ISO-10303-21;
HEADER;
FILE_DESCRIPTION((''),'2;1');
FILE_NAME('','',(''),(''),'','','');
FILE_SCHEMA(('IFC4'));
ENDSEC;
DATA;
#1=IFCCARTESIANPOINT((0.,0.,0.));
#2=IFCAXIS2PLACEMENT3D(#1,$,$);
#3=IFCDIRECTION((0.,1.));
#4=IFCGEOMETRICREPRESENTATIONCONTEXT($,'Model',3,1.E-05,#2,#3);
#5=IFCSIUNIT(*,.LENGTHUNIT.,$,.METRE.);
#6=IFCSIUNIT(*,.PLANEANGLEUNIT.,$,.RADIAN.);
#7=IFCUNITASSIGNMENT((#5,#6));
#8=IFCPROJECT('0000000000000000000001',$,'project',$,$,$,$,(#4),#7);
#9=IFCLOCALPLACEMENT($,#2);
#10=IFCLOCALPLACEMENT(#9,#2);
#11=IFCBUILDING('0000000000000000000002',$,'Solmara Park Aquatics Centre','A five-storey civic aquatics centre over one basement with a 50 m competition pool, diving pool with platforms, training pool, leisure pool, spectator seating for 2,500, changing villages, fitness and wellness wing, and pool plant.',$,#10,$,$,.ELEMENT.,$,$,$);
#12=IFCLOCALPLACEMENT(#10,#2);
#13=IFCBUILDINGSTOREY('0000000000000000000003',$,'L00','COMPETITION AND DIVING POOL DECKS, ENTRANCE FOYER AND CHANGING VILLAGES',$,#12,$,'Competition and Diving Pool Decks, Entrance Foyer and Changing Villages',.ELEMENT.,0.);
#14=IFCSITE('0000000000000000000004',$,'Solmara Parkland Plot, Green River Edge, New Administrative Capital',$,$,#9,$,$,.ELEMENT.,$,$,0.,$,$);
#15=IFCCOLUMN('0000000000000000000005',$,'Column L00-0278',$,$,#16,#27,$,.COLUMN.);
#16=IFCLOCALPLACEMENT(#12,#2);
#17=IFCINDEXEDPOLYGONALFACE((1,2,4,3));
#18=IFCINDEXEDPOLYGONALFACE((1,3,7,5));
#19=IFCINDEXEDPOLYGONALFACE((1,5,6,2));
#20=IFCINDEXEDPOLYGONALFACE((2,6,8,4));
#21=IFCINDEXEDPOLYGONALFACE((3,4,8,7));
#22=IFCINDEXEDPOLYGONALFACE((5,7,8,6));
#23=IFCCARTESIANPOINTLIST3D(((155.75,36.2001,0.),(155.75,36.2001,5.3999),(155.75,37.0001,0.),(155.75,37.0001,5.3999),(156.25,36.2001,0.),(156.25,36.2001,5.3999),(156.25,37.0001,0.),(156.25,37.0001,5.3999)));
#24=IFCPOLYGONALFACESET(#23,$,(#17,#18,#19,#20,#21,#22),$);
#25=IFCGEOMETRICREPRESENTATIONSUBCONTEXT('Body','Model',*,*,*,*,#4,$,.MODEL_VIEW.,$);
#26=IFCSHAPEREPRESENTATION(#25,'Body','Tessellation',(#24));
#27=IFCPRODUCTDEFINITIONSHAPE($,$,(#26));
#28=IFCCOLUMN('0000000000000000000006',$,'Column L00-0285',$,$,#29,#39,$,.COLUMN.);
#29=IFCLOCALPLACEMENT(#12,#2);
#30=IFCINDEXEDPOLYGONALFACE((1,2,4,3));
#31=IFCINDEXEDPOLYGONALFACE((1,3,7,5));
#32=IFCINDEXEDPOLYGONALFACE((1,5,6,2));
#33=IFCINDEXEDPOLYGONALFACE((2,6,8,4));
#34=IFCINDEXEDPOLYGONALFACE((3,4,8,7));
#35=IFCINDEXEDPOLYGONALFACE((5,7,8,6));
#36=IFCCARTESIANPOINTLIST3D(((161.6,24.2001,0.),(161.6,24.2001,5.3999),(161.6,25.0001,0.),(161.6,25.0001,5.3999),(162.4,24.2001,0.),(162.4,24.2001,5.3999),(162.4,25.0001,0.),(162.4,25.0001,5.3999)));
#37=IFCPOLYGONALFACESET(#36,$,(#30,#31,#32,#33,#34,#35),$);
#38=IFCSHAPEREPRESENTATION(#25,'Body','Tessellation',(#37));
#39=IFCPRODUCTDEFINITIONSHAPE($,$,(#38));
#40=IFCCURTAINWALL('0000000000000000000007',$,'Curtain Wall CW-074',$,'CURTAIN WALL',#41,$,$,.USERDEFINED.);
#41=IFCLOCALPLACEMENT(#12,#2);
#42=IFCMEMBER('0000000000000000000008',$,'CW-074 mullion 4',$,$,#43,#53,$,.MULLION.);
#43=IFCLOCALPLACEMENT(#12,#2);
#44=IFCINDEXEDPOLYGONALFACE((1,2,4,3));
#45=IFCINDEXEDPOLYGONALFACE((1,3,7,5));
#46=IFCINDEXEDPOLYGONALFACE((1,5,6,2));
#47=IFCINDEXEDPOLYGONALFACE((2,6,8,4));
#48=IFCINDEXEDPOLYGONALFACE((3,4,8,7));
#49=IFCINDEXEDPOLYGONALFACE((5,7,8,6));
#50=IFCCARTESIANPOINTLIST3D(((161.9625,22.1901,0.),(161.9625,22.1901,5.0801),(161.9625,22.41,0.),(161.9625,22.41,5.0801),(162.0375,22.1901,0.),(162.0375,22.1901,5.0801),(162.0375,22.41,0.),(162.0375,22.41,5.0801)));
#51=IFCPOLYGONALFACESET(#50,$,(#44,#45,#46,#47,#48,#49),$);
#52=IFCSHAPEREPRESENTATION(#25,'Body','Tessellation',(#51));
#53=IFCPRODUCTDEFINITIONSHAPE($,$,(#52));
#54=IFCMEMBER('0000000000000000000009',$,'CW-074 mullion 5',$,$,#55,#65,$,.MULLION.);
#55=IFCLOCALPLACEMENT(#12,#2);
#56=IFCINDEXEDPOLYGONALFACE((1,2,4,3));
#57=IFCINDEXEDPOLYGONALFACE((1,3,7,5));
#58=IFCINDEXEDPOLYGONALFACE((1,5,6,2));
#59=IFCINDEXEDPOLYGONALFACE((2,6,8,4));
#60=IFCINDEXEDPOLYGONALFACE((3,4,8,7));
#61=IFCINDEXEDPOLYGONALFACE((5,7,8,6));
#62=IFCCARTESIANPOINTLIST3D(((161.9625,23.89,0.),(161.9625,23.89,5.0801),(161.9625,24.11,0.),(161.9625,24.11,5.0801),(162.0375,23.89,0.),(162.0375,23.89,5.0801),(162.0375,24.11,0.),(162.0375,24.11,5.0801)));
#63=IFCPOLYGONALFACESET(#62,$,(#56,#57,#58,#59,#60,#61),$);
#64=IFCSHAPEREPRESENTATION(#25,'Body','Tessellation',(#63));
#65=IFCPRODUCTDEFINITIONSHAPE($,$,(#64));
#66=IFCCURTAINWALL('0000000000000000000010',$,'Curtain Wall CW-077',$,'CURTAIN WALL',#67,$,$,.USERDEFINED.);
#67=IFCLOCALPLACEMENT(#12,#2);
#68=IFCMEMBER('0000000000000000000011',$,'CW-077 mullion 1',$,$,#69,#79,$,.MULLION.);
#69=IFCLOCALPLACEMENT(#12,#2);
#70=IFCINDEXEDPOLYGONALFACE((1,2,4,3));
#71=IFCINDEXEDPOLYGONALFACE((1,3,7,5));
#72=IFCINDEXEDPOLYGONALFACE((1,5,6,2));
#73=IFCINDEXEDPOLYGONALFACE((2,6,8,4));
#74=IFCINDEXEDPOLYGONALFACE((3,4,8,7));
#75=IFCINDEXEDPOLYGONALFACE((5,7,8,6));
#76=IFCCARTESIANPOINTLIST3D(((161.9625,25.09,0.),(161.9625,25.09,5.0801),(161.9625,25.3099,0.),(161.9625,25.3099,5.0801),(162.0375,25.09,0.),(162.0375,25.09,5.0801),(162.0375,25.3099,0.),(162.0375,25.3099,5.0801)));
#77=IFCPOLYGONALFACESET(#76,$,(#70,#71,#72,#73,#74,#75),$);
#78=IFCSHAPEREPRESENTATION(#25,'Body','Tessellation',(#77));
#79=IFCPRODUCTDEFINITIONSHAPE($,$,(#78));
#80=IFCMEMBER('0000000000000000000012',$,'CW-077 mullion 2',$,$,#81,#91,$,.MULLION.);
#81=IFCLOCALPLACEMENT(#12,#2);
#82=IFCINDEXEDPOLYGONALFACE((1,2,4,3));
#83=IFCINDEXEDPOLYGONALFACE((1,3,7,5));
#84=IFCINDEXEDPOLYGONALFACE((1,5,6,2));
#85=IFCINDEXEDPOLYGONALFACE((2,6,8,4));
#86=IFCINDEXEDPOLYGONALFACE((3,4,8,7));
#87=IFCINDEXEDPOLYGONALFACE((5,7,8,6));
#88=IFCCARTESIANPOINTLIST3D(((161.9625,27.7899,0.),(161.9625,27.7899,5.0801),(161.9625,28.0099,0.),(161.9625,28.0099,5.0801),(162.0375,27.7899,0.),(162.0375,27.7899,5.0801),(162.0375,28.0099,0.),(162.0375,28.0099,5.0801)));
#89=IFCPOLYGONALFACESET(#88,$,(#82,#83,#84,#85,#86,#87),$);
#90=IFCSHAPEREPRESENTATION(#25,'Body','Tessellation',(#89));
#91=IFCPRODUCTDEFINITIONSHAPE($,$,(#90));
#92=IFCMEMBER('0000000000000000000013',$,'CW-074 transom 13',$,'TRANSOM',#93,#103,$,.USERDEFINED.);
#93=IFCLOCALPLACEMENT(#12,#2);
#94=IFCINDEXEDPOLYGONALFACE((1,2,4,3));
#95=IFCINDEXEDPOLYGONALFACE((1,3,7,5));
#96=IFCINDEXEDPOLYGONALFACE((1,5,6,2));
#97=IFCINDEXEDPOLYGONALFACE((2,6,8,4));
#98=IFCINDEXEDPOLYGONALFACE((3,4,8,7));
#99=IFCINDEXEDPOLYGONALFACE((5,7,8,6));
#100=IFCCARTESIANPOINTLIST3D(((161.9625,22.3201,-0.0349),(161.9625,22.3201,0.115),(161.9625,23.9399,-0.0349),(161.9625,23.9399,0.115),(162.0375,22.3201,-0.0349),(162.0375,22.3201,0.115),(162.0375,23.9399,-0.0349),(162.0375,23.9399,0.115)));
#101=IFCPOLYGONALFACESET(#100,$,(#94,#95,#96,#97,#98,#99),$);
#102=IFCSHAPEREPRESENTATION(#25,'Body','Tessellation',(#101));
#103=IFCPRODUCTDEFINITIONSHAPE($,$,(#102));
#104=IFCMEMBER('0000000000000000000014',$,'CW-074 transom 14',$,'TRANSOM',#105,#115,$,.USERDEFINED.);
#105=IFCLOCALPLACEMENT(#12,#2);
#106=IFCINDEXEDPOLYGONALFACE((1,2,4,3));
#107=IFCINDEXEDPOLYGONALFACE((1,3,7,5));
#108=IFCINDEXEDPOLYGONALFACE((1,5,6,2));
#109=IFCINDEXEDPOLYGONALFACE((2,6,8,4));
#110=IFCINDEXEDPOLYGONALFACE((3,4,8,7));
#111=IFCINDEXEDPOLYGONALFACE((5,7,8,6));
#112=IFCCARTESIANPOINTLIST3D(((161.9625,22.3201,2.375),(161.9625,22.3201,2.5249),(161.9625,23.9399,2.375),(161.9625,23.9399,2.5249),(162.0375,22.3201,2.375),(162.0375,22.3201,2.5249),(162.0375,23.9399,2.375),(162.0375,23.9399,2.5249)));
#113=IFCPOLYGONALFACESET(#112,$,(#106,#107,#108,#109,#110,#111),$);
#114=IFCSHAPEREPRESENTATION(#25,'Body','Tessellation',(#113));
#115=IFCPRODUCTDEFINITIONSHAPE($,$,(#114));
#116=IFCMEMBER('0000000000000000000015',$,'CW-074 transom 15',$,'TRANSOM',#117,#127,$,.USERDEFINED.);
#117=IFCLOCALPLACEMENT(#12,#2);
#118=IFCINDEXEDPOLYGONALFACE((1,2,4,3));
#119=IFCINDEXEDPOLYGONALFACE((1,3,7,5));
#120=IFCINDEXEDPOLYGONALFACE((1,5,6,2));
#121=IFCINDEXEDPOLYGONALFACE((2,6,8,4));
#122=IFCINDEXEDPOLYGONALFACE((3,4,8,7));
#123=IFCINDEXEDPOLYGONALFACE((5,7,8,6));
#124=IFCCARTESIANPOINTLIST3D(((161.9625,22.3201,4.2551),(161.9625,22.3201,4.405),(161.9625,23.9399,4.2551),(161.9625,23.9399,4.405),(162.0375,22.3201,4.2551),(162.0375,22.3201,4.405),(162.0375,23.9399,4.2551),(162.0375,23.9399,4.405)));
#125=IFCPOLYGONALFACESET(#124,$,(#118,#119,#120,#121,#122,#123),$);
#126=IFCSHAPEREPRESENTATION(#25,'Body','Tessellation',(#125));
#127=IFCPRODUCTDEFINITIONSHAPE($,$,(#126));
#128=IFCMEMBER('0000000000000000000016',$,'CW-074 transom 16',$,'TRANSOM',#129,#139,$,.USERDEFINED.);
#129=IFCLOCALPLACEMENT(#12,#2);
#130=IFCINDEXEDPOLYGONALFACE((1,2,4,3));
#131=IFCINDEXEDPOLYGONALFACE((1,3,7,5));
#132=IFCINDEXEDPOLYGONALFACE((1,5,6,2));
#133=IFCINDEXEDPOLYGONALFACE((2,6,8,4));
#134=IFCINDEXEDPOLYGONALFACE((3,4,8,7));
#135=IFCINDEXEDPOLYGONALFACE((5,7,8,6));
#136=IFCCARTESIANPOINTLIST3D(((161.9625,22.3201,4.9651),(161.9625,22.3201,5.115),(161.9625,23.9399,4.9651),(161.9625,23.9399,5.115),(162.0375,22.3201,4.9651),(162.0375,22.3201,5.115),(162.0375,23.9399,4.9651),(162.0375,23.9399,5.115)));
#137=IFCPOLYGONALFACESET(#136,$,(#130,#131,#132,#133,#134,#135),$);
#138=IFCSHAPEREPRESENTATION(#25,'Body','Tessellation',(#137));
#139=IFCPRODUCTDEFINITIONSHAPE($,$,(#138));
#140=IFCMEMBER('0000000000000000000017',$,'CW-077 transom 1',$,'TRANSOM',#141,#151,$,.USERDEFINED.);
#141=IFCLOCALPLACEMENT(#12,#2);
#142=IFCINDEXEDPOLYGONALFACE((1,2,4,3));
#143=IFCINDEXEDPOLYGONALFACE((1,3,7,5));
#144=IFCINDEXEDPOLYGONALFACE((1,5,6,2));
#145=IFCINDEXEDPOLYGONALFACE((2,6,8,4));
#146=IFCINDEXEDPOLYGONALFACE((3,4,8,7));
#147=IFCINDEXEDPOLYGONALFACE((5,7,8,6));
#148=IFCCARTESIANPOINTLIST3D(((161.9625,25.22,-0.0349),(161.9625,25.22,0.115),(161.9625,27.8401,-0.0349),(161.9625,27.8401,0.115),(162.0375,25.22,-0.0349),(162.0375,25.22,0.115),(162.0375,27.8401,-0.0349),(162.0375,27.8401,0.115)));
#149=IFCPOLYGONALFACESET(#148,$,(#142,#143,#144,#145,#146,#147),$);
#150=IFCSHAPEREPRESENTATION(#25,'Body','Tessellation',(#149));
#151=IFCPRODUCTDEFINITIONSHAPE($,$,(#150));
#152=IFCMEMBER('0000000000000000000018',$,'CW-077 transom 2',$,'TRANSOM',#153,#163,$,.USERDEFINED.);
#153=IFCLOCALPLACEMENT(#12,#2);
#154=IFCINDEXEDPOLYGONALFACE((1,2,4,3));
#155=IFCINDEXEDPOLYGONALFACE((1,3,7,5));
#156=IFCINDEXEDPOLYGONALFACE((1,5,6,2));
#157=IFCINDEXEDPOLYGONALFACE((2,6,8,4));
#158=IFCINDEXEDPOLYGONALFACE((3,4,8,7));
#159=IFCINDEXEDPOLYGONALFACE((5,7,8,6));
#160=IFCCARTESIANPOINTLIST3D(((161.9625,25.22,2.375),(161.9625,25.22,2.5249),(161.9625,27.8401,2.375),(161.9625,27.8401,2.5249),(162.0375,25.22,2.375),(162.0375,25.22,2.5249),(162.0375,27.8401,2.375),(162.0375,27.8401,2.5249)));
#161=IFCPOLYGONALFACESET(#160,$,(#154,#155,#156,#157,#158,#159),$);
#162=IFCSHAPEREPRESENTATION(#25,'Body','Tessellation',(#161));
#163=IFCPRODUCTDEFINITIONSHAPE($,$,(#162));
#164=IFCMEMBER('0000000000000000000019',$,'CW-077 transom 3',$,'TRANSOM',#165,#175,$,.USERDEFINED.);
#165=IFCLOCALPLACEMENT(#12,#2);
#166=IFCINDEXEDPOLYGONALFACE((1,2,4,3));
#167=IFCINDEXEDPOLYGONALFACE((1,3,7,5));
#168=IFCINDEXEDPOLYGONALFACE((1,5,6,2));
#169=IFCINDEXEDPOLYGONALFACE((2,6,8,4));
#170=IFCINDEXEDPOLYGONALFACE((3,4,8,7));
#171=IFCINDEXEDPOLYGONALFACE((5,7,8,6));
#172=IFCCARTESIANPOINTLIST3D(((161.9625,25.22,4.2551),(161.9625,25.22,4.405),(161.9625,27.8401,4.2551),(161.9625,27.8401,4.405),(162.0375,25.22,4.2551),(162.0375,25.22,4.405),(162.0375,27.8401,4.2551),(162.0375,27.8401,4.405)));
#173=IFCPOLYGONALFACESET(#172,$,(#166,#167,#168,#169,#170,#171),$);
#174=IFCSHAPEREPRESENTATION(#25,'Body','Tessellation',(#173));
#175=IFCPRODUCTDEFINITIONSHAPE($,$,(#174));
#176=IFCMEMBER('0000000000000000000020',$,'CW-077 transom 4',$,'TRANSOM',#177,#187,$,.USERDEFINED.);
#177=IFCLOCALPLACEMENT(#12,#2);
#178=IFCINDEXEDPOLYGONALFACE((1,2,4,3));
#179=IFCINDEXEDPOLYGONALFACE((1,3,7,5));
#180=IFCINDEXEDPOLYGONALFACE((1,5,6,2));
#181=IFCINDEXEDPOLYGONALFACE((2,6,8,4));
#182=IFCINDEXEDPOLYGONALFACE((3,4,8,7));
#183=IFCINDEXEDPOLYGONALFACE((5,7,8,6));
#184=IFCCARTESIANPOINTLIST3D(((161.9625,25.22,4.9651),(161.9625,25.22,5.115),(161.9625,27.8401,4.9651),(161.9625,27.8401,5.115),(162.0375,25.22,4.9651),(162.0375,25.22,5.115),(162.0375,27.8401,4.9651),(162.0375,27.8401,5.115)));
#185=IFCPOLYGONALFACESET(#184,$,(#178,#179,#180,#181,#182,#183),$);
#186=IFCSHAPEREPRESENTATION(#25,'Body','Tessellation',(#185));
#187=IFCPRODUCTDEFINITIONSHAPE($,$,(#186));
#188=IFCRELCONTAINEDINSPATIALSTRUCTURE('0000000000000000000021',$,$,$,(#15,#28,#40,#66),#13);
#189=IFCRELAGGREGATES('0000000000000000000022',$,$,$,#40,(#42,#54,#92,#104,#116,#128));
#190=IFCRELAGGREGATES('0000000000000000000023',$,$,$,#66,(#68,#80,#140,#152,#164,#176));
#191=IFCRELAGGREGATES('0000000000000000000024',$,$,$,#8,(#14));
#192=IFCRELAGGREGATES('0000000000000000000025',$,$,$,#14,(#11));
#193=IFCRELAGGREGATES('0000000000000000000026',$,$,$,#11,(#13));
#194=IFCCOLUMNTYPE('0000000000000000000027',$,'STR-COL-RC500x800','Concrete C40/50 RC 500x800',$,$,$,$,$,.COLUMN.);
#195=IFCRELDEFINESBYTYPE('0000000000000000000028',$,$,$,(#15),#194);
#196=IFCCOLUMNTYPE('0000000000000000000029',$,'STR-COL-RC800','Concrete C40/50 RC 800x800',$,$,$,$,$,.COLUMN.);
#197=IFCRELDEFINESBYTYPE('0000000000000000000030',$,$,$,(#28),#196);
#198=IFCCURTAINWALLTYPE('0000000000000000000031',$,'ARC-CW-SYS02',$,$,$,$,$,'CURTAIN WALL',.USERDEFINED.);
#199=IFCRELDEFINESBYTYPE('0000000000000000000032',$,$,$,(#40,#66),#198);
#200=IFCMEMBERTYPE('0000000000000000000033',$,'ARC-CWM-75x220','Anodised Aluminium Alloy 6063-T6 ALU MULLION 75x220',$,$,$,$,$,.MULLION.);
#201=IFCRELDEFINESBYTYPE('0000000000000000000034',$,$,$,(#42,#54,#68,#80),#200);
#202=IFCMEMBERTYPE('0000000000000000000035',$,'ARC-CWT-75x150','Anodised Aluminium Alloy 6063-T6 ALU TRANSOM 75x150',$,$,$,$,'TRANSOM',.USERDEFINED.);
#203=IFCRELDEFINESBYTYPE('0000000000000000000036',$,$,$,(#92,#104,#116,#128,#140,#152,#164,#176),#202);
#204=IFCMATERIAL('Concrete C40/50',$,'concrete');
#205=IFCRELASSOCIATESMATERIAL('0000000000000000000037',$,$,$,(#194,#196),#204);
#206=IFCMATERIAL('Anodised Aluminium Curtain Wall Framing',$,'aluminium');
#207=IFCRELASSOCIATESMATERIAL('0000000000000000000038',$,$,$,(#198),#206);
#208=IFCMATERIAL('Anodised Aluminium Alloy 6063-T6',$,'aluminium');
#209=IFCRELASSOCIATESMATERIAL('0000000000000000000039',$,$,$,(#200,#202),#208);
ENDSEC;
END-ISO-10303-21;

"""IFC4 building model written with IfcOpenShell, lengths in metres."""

from ifc_helpers import new_model, si_unit, direction, frame, origin, origin_2d, place, context, subcontext, project, spatial, rectangle, extrude, material, material_profile, profile_set, type_object, element, aggregate, save


model = new_model("IFC4")

# Units and contexts
model_context = context("Model", 3, precision=1e-05, world=origin(), true_north=direction((0.0, 1.0)))
body_context = subcontext(model_context, "Body", "Model", "MODEL_VIEW")
ifc_project = project(units=[si_unit("LENGTHUNIT", "METRE"), si_unit("PLANEANGLEUNIT", "RADIAN")], contexts=[model_context])

# Site, building, storey
site_placement = place(None, origin())
site = spatial("IfcSite", under=ifc_project, at=site_placement, Name="Solmara Parkland Plot, Green River Edge, New Administrative Capital", CompositionType="ELEMENT", RefElevation=0.0)
building_placement = place(site_placement, origin())
building = spatial("IfcBuilding", under=site, at=building_placement, Name="Solmara Park Aquatics Centre", Description="A five-storey civic aquatics centre over one basement with a 50 m competition pool, diving pool with platforms, training pool, leisure pool, spectator seating for 2,500, changing villages, fitness and wellness wing, and pool plant.", CompositionType="ELEMENT")
storey_placement = place(building_placement, origin())
storey = spatial("IfcBuildingStorey", under=building, at=storey_placement, Name="L00", Description="COMPETITION AND DIVING POOL DECKS, ENTRANCE FOYER AND CHANGING VILLAGES", LongName="Competition and Diving Pool Decks, Entrance Foyer and Changing Villages", CompositionType="ELEMENT", Elevation=0.0)

# Columns
ifc_material_1 = material(Name="Concrete C40/50", Category="concrete")
ifc_material_profile_1 = material_profile(ifc_material_1, rectangle(XDim=0.5, YDim=0.8, at=origin_2d()), Name="RC 500x800")
ifc_profile_set_1 = profile_set([ifc_material_profile_1], Name="Concrete C40/50")
column_type_1 = type_object("IfcColumnType", Name="STR-COL-RC500x800", Description="Concrete C40/50 RC 500x800", PredefinedType="COLUMN", material=ifc_profile_set_1)
column_1_placement = place(storey_placement, frame((156.0, 36.6001, 0.0), z_axis=(0.0, 0.0, 1.0), x_axis=(1.0, 0.0, 0.0)))
element("IfcColumn", 1, at=column_1_placement, inside=storey, type_object=column_type_1, Name="Column L00-0278", PredefinedType="COLUMN", context=body_context, shape_type="SweptSolid", body=[
    extrude(rectangle(XDim=0.5, YDim=0.8, at=origin_2d()), origin(), (0.0, 0.0, 1.0), 5.3999),
])
ifc_material_profile_2 = material_profile(ifc_material_1, rectangle(XDim=0.8, YDim=0.8, at=origin_2d()), Name="RC 800x800")
ifc_profile_set_2 = profile_set([ifc_material_profile_2], Name="Concrete C40/50")
column_type_2 = type_object("IfcColumnType", Name="STR-COL-RC800", Description="Concrete C40/50 RC 800x800", PredefinedType="COLUMN", material=ifc_profile_set_2)
column_2_placement = place(storey_placement, frame((162.0, 24.6001, 0.0), z_axis=(0.0, 0.0, 1.0), x_axis=(1.0, 0.0, 0.0)))
element("IfcColumn", 2, at=column_2_placement, inside=storey, type_object=column_type_2, Name="Column L00-0285", PredefinedType="COLUMN", context=body_context, shape_type="SweptSolid", body=[
    extrude(rectangle(XDim=0.8, YDim=0.8, at=origin_2d()), origin(), (0.0, 0.0, 1.0), 5.3999),
])

# Curtain walls, members
ifc_material_2 = material(Name="Anodised Aluminium Curtain Wall Framing", Category="aluminium")
curtain_wall_type = type_object("IfcCurtainWallType", Name="ARC-CW-SYS02", ElementType="CURTAIN WALL", PredefinedType="USERDEFINED", material=ifc_material_2)
curtain_wall_1_placement = place(storey_placement, origin())
curtain_wall_1 = element("IfcCurtainWall", 3, at=curtain_wall_1_placement, inside=storey, type_object=curtain_wall_type, Name="Curtain Wall CW-074", ObjectType="CURTAIN WALL", PredefinedType="USERDEFINED")
ifc_material_3 = material(Name="Anodised Aluminium Alloy 6063-T6", Category="aluminium")
ifc_material_profile_3 = material_profile(ifc_material_3, rectangle(XDim=0.075, YDim=0.22, at=origin_2d()), Name="ALU MULLION 75x220")
ifc_profile_set_3 = profile_set([ifc_material_profile_3], Name="Anodised Aluminium Alloy 6063-T6")
member_type_1 = type_object("IfcMemberType", Name="ARC-CWM-75x220", Description="Anodised Aluminium Alloy 6063-T6 ALU MULLION 75x220", PredefinedType="MULLION", material=ifc_profile_set_3)
member_1_placement = place(storey_placement, frame((162.0, 22.3, 0.0), z_axis=(0.0, 0.0, 1.0), x_axis=(1.0, 0.0, 0.0)))
member_1 = element("IfcMember", 4, at=member_1_placement, type_object=member_type_1, Name="CW-074 mullion 4", PredefinedType="MULLION", context=body_context, shape_type="SweptSolid", body=[
    extrude(rectangle(XDim=0.075, YDim=0.22, at=origin_2d()), origin(), (0.0, 0.0, 1.0), 5.0801),
])
member_2_placement = place(storey_placement, frame((162.0, 24.0, 0.0), z_axis=(0.0, 0.0, 1.0), x_axis=(1.0, 0.0, 0.0)))
member_2 = element("IfcMember", 5, at=member_2_placement, type_object=member_type_1, Name="CW-074 mullion 5", PredefinedType="MULLION", context=body_context, shape_type="SweptSolid", body=[
    extrude(rectangle(XDim=0.075, YDim=0.22, at=origin_2d()), origin(), (0.0, 0.0, 1.0), 5.0801),
])
curtain_wall_2_placement = place(storey_placement, origin())
curtain_wall_2 = element("IfcCurtainWall", 6, at=curtain_wall_2_placement, inside=storey, type_object=curtain_wall_type, Name="Curtain Wall CW-077", ObjectType="CURTAIN WALL", PredefinedType="USERDEFINED")
member_3_placement = place(storey_placement, frame((162.0, 25.2, 0.0), z_axis=(0.0, 0.0, 1.0), x_axis=(1.0, 0.0, 0.0)))
member_3 = element("IfcMember", 7, at=member_3_placement, type_object=member_type_1, Name="CW-077 mullion 1", PredefinedType="MULLION", context=body_context, shape_type="SweptSolid", body=[
    extrude(rectangle(XDim=0.075, YDim=0.22, at=origin_2d()), origin(), (0.0, 0.0, 1.0), 5.0801),
])
member_4_placement = place(storey_placement, frame((162.0, 27.8999, 0.0), z_axis=(0.0, 0.0, 1.0), x_axis=(1.0, 0.0, 0.0)))
member_4 = element("IfcMember", 8, at=member_4_placement, type_object=member_type_1, Name="CW-077 mullion 2", PredefinedType="MULLION", context=body_context, shape_type="SweptSolid", body=[
    extrude(rectangle(XDim=0.075, YDim=0.22, at=origin_2d()), origin(), (0.0, 0.0, 1.0), 5.0801),
])

# Members
ifc_material_profile_4 = material_profile(ifc_material_3, rectangle(XDim=0.075, YDim=0.1499, at=origin_2d()), Name="ALU TRANSOM 75x150")
ifc_profile_set_4 = profile_set([ifc_material_profile_4], Name="Anodised Aluminium Alloy 6063-T6")
member_type_2 = type_object("IfcMemberType", Name="ARC-CWT-75x150", Description="Anodised Aluminium Alloy 6063-T6 ALU TRANSOM 75x150", ElementType="TRANSOM", PredefinedType="USERDEFINED", material=ifc_profile_set_4)
member_5_placement = place(storey_placement, frame((162.0, 22.3201, 0.04), z_axis=(0.0, 1.0, 0.0), x_axis=(-1.0, 0.0, 0.0)))
member_5 = element("IfcMember", 9, at=member_5_placement, type_object=member_type_2, Name="CW-074 transom 13", ObjectType="TRANSOM", PredefinedType="USERDEFINED", context=body_context, shape_type="SweptSolid", body=[
    extrude(rectangle(XDim=0.075, YDim=0.1499, at=origin_2d()), origin(), (0.0, 0.0, 1.0), 1.6199),
])
member_6_placement = place(storey_placement, frame((162.0, 22.3201, 2.45), z_axis=(0.0, 1.0, 0.0), x_axis=(-1.0, 0.0, 0.0)))
member_6 = element("IfcMember", 10, at=member_6_placement, type_object=member_type_2, Name="CW-074 transom 14", ObjectType="TRANSOM", PredefinedType="USERDEFINED", context=body_context, shape_type="SweptSolid", body=[
    extrude(rectangle(XDim=0.075, YDim=0.1499, at=origin_2d()), origin(), (0.0, 0.0, 1.0), 1.6199),
])
member_7_placement = place(storey_placement, frame((162.0, 22.3201, 4.3301), z_axis=(0.0, 1.0, 0.0), x_axis=(-1.0, 0.0, 0.0)))
member_7 = element("IfcMember", 11, at=member_7_placement, type_object=member_type_2, Name="CW-074 transom 15", ObjectType="TRANSOM", PredefinedType="USERDEFINED", context=body_context, shape_type="SweptSolid", body=[
    extrude(rectangle(XDim=0.075, YDim=0.1499, at=origin_2d()), origin(), (0.0, 0.0, 1.0), 1.6199),
])
member_8_placement = place(storey_placement, frame((162.0, 22.3201, 5.04), z_axis=(0.0, 1.0, 0.0), x_axis=(-1.0, 0.0, 0.0)))
member_8 = element("IfcMember", 12, at=member_8_placement, type_object=member_type_2, Name="CW-074 transom 16", ObjectType="TRANSOM", PredefinedType="USERDEFINED", context=body_context, shape_type="SweptSolid", body=[
    extrude(rectangle(XDim=0.075, YDim=0.1499, at=origin_2d()), origin(), (0.0, 0.0, 1.0), 1.6199),
])
member_9_placement = place(storey_placement, frame((162.0, 25.22, 0.04), z_axis=(0.0, 1.0, 0.0), x_axis=(-1.0, 0.0, 0.0)))
member_9 = element("IfcMember", 13, at=member_9_placement, type_object=member_type_2, Name="CW-077 transom 1", ObjectType="TRANSOM", PredefinedType="USERDEFINED", context=body_context, shape_type="SweptSolid", body=[
    extrude(rectangle(XDim=0.075, YDim=0.1499, at=origin_2d()), origin(), (0.0, 0.0, 1.0), 2.6201),
])
member_10_placement = place(storey_placement, frame((162.0, 25.22, 2.45), z_axis=(0.0, 1.0, 0.0), x_axis=(-1.0, 0.0, 0.0)))
member_10 = element("IfcMember", 14, at=member_10_placement, type_object=member_type_2, Name="CW-077 transom 2", ObjectType="TRANSOM", PredefinedType="USERDEFINED", context=body_context, shape_type="SweptSolid", body=[
    extrude(rectangle(XDim=0.075, YDim=0.1499, at=origin_2d()), origin(), (0.0, 0.0, 1.0), 2.6201),
])
member_11_placement = place(storey_placement, frame((162.0, 25.22, 4.3301), z_axis=(0.0, 1.0, 0.0), x_axis=(-1.0, 0.0, 0.0)))
member_11 = element("IfcMember", 15, at=member_11_placement, type_object=member_type_2, Name="CW-077 transom 3", ObjectType="TRANSOM", PredefinedType="USERDEFINED", context=body_context, shape_type="SweptSolid", body=[
    extrude(rectangle(XDim=0.075, YDim=0.1499, at=origin_2d()), origin(), (0.0, 0.0, 1.0), 2.6201),
])
member_12_placement = place(storey_placement, frame((162.0, 25.22, 5.04), z_axis=(0.0, 1.0, 0.0), x_axis=(-1.0, 0.0, 0.0)))
member_12 = element("IfcMember", 16, at=member_12_placement, type_object=member_type_2, Name="CW-077 transom 4", ObjectType="TRANSOM", PredefinedType="USERDEFINED", context=body_context, shape_type="SweptSolid", body=[
    extrude(rectangle(XDim=0.075, YDim=0.1499, at=origin_2d()), origin(), (0.0, 0.0, 1.0), 2.6201),
])

aggregate(curtain_wall_1, [member_1, member_2, member_5, member_6, member_7, member_8])
aggregate(curtain_wall_2, [member_3, member_4, member_9, member_10, member_11, member_12])

save(model, "model.ifc")
